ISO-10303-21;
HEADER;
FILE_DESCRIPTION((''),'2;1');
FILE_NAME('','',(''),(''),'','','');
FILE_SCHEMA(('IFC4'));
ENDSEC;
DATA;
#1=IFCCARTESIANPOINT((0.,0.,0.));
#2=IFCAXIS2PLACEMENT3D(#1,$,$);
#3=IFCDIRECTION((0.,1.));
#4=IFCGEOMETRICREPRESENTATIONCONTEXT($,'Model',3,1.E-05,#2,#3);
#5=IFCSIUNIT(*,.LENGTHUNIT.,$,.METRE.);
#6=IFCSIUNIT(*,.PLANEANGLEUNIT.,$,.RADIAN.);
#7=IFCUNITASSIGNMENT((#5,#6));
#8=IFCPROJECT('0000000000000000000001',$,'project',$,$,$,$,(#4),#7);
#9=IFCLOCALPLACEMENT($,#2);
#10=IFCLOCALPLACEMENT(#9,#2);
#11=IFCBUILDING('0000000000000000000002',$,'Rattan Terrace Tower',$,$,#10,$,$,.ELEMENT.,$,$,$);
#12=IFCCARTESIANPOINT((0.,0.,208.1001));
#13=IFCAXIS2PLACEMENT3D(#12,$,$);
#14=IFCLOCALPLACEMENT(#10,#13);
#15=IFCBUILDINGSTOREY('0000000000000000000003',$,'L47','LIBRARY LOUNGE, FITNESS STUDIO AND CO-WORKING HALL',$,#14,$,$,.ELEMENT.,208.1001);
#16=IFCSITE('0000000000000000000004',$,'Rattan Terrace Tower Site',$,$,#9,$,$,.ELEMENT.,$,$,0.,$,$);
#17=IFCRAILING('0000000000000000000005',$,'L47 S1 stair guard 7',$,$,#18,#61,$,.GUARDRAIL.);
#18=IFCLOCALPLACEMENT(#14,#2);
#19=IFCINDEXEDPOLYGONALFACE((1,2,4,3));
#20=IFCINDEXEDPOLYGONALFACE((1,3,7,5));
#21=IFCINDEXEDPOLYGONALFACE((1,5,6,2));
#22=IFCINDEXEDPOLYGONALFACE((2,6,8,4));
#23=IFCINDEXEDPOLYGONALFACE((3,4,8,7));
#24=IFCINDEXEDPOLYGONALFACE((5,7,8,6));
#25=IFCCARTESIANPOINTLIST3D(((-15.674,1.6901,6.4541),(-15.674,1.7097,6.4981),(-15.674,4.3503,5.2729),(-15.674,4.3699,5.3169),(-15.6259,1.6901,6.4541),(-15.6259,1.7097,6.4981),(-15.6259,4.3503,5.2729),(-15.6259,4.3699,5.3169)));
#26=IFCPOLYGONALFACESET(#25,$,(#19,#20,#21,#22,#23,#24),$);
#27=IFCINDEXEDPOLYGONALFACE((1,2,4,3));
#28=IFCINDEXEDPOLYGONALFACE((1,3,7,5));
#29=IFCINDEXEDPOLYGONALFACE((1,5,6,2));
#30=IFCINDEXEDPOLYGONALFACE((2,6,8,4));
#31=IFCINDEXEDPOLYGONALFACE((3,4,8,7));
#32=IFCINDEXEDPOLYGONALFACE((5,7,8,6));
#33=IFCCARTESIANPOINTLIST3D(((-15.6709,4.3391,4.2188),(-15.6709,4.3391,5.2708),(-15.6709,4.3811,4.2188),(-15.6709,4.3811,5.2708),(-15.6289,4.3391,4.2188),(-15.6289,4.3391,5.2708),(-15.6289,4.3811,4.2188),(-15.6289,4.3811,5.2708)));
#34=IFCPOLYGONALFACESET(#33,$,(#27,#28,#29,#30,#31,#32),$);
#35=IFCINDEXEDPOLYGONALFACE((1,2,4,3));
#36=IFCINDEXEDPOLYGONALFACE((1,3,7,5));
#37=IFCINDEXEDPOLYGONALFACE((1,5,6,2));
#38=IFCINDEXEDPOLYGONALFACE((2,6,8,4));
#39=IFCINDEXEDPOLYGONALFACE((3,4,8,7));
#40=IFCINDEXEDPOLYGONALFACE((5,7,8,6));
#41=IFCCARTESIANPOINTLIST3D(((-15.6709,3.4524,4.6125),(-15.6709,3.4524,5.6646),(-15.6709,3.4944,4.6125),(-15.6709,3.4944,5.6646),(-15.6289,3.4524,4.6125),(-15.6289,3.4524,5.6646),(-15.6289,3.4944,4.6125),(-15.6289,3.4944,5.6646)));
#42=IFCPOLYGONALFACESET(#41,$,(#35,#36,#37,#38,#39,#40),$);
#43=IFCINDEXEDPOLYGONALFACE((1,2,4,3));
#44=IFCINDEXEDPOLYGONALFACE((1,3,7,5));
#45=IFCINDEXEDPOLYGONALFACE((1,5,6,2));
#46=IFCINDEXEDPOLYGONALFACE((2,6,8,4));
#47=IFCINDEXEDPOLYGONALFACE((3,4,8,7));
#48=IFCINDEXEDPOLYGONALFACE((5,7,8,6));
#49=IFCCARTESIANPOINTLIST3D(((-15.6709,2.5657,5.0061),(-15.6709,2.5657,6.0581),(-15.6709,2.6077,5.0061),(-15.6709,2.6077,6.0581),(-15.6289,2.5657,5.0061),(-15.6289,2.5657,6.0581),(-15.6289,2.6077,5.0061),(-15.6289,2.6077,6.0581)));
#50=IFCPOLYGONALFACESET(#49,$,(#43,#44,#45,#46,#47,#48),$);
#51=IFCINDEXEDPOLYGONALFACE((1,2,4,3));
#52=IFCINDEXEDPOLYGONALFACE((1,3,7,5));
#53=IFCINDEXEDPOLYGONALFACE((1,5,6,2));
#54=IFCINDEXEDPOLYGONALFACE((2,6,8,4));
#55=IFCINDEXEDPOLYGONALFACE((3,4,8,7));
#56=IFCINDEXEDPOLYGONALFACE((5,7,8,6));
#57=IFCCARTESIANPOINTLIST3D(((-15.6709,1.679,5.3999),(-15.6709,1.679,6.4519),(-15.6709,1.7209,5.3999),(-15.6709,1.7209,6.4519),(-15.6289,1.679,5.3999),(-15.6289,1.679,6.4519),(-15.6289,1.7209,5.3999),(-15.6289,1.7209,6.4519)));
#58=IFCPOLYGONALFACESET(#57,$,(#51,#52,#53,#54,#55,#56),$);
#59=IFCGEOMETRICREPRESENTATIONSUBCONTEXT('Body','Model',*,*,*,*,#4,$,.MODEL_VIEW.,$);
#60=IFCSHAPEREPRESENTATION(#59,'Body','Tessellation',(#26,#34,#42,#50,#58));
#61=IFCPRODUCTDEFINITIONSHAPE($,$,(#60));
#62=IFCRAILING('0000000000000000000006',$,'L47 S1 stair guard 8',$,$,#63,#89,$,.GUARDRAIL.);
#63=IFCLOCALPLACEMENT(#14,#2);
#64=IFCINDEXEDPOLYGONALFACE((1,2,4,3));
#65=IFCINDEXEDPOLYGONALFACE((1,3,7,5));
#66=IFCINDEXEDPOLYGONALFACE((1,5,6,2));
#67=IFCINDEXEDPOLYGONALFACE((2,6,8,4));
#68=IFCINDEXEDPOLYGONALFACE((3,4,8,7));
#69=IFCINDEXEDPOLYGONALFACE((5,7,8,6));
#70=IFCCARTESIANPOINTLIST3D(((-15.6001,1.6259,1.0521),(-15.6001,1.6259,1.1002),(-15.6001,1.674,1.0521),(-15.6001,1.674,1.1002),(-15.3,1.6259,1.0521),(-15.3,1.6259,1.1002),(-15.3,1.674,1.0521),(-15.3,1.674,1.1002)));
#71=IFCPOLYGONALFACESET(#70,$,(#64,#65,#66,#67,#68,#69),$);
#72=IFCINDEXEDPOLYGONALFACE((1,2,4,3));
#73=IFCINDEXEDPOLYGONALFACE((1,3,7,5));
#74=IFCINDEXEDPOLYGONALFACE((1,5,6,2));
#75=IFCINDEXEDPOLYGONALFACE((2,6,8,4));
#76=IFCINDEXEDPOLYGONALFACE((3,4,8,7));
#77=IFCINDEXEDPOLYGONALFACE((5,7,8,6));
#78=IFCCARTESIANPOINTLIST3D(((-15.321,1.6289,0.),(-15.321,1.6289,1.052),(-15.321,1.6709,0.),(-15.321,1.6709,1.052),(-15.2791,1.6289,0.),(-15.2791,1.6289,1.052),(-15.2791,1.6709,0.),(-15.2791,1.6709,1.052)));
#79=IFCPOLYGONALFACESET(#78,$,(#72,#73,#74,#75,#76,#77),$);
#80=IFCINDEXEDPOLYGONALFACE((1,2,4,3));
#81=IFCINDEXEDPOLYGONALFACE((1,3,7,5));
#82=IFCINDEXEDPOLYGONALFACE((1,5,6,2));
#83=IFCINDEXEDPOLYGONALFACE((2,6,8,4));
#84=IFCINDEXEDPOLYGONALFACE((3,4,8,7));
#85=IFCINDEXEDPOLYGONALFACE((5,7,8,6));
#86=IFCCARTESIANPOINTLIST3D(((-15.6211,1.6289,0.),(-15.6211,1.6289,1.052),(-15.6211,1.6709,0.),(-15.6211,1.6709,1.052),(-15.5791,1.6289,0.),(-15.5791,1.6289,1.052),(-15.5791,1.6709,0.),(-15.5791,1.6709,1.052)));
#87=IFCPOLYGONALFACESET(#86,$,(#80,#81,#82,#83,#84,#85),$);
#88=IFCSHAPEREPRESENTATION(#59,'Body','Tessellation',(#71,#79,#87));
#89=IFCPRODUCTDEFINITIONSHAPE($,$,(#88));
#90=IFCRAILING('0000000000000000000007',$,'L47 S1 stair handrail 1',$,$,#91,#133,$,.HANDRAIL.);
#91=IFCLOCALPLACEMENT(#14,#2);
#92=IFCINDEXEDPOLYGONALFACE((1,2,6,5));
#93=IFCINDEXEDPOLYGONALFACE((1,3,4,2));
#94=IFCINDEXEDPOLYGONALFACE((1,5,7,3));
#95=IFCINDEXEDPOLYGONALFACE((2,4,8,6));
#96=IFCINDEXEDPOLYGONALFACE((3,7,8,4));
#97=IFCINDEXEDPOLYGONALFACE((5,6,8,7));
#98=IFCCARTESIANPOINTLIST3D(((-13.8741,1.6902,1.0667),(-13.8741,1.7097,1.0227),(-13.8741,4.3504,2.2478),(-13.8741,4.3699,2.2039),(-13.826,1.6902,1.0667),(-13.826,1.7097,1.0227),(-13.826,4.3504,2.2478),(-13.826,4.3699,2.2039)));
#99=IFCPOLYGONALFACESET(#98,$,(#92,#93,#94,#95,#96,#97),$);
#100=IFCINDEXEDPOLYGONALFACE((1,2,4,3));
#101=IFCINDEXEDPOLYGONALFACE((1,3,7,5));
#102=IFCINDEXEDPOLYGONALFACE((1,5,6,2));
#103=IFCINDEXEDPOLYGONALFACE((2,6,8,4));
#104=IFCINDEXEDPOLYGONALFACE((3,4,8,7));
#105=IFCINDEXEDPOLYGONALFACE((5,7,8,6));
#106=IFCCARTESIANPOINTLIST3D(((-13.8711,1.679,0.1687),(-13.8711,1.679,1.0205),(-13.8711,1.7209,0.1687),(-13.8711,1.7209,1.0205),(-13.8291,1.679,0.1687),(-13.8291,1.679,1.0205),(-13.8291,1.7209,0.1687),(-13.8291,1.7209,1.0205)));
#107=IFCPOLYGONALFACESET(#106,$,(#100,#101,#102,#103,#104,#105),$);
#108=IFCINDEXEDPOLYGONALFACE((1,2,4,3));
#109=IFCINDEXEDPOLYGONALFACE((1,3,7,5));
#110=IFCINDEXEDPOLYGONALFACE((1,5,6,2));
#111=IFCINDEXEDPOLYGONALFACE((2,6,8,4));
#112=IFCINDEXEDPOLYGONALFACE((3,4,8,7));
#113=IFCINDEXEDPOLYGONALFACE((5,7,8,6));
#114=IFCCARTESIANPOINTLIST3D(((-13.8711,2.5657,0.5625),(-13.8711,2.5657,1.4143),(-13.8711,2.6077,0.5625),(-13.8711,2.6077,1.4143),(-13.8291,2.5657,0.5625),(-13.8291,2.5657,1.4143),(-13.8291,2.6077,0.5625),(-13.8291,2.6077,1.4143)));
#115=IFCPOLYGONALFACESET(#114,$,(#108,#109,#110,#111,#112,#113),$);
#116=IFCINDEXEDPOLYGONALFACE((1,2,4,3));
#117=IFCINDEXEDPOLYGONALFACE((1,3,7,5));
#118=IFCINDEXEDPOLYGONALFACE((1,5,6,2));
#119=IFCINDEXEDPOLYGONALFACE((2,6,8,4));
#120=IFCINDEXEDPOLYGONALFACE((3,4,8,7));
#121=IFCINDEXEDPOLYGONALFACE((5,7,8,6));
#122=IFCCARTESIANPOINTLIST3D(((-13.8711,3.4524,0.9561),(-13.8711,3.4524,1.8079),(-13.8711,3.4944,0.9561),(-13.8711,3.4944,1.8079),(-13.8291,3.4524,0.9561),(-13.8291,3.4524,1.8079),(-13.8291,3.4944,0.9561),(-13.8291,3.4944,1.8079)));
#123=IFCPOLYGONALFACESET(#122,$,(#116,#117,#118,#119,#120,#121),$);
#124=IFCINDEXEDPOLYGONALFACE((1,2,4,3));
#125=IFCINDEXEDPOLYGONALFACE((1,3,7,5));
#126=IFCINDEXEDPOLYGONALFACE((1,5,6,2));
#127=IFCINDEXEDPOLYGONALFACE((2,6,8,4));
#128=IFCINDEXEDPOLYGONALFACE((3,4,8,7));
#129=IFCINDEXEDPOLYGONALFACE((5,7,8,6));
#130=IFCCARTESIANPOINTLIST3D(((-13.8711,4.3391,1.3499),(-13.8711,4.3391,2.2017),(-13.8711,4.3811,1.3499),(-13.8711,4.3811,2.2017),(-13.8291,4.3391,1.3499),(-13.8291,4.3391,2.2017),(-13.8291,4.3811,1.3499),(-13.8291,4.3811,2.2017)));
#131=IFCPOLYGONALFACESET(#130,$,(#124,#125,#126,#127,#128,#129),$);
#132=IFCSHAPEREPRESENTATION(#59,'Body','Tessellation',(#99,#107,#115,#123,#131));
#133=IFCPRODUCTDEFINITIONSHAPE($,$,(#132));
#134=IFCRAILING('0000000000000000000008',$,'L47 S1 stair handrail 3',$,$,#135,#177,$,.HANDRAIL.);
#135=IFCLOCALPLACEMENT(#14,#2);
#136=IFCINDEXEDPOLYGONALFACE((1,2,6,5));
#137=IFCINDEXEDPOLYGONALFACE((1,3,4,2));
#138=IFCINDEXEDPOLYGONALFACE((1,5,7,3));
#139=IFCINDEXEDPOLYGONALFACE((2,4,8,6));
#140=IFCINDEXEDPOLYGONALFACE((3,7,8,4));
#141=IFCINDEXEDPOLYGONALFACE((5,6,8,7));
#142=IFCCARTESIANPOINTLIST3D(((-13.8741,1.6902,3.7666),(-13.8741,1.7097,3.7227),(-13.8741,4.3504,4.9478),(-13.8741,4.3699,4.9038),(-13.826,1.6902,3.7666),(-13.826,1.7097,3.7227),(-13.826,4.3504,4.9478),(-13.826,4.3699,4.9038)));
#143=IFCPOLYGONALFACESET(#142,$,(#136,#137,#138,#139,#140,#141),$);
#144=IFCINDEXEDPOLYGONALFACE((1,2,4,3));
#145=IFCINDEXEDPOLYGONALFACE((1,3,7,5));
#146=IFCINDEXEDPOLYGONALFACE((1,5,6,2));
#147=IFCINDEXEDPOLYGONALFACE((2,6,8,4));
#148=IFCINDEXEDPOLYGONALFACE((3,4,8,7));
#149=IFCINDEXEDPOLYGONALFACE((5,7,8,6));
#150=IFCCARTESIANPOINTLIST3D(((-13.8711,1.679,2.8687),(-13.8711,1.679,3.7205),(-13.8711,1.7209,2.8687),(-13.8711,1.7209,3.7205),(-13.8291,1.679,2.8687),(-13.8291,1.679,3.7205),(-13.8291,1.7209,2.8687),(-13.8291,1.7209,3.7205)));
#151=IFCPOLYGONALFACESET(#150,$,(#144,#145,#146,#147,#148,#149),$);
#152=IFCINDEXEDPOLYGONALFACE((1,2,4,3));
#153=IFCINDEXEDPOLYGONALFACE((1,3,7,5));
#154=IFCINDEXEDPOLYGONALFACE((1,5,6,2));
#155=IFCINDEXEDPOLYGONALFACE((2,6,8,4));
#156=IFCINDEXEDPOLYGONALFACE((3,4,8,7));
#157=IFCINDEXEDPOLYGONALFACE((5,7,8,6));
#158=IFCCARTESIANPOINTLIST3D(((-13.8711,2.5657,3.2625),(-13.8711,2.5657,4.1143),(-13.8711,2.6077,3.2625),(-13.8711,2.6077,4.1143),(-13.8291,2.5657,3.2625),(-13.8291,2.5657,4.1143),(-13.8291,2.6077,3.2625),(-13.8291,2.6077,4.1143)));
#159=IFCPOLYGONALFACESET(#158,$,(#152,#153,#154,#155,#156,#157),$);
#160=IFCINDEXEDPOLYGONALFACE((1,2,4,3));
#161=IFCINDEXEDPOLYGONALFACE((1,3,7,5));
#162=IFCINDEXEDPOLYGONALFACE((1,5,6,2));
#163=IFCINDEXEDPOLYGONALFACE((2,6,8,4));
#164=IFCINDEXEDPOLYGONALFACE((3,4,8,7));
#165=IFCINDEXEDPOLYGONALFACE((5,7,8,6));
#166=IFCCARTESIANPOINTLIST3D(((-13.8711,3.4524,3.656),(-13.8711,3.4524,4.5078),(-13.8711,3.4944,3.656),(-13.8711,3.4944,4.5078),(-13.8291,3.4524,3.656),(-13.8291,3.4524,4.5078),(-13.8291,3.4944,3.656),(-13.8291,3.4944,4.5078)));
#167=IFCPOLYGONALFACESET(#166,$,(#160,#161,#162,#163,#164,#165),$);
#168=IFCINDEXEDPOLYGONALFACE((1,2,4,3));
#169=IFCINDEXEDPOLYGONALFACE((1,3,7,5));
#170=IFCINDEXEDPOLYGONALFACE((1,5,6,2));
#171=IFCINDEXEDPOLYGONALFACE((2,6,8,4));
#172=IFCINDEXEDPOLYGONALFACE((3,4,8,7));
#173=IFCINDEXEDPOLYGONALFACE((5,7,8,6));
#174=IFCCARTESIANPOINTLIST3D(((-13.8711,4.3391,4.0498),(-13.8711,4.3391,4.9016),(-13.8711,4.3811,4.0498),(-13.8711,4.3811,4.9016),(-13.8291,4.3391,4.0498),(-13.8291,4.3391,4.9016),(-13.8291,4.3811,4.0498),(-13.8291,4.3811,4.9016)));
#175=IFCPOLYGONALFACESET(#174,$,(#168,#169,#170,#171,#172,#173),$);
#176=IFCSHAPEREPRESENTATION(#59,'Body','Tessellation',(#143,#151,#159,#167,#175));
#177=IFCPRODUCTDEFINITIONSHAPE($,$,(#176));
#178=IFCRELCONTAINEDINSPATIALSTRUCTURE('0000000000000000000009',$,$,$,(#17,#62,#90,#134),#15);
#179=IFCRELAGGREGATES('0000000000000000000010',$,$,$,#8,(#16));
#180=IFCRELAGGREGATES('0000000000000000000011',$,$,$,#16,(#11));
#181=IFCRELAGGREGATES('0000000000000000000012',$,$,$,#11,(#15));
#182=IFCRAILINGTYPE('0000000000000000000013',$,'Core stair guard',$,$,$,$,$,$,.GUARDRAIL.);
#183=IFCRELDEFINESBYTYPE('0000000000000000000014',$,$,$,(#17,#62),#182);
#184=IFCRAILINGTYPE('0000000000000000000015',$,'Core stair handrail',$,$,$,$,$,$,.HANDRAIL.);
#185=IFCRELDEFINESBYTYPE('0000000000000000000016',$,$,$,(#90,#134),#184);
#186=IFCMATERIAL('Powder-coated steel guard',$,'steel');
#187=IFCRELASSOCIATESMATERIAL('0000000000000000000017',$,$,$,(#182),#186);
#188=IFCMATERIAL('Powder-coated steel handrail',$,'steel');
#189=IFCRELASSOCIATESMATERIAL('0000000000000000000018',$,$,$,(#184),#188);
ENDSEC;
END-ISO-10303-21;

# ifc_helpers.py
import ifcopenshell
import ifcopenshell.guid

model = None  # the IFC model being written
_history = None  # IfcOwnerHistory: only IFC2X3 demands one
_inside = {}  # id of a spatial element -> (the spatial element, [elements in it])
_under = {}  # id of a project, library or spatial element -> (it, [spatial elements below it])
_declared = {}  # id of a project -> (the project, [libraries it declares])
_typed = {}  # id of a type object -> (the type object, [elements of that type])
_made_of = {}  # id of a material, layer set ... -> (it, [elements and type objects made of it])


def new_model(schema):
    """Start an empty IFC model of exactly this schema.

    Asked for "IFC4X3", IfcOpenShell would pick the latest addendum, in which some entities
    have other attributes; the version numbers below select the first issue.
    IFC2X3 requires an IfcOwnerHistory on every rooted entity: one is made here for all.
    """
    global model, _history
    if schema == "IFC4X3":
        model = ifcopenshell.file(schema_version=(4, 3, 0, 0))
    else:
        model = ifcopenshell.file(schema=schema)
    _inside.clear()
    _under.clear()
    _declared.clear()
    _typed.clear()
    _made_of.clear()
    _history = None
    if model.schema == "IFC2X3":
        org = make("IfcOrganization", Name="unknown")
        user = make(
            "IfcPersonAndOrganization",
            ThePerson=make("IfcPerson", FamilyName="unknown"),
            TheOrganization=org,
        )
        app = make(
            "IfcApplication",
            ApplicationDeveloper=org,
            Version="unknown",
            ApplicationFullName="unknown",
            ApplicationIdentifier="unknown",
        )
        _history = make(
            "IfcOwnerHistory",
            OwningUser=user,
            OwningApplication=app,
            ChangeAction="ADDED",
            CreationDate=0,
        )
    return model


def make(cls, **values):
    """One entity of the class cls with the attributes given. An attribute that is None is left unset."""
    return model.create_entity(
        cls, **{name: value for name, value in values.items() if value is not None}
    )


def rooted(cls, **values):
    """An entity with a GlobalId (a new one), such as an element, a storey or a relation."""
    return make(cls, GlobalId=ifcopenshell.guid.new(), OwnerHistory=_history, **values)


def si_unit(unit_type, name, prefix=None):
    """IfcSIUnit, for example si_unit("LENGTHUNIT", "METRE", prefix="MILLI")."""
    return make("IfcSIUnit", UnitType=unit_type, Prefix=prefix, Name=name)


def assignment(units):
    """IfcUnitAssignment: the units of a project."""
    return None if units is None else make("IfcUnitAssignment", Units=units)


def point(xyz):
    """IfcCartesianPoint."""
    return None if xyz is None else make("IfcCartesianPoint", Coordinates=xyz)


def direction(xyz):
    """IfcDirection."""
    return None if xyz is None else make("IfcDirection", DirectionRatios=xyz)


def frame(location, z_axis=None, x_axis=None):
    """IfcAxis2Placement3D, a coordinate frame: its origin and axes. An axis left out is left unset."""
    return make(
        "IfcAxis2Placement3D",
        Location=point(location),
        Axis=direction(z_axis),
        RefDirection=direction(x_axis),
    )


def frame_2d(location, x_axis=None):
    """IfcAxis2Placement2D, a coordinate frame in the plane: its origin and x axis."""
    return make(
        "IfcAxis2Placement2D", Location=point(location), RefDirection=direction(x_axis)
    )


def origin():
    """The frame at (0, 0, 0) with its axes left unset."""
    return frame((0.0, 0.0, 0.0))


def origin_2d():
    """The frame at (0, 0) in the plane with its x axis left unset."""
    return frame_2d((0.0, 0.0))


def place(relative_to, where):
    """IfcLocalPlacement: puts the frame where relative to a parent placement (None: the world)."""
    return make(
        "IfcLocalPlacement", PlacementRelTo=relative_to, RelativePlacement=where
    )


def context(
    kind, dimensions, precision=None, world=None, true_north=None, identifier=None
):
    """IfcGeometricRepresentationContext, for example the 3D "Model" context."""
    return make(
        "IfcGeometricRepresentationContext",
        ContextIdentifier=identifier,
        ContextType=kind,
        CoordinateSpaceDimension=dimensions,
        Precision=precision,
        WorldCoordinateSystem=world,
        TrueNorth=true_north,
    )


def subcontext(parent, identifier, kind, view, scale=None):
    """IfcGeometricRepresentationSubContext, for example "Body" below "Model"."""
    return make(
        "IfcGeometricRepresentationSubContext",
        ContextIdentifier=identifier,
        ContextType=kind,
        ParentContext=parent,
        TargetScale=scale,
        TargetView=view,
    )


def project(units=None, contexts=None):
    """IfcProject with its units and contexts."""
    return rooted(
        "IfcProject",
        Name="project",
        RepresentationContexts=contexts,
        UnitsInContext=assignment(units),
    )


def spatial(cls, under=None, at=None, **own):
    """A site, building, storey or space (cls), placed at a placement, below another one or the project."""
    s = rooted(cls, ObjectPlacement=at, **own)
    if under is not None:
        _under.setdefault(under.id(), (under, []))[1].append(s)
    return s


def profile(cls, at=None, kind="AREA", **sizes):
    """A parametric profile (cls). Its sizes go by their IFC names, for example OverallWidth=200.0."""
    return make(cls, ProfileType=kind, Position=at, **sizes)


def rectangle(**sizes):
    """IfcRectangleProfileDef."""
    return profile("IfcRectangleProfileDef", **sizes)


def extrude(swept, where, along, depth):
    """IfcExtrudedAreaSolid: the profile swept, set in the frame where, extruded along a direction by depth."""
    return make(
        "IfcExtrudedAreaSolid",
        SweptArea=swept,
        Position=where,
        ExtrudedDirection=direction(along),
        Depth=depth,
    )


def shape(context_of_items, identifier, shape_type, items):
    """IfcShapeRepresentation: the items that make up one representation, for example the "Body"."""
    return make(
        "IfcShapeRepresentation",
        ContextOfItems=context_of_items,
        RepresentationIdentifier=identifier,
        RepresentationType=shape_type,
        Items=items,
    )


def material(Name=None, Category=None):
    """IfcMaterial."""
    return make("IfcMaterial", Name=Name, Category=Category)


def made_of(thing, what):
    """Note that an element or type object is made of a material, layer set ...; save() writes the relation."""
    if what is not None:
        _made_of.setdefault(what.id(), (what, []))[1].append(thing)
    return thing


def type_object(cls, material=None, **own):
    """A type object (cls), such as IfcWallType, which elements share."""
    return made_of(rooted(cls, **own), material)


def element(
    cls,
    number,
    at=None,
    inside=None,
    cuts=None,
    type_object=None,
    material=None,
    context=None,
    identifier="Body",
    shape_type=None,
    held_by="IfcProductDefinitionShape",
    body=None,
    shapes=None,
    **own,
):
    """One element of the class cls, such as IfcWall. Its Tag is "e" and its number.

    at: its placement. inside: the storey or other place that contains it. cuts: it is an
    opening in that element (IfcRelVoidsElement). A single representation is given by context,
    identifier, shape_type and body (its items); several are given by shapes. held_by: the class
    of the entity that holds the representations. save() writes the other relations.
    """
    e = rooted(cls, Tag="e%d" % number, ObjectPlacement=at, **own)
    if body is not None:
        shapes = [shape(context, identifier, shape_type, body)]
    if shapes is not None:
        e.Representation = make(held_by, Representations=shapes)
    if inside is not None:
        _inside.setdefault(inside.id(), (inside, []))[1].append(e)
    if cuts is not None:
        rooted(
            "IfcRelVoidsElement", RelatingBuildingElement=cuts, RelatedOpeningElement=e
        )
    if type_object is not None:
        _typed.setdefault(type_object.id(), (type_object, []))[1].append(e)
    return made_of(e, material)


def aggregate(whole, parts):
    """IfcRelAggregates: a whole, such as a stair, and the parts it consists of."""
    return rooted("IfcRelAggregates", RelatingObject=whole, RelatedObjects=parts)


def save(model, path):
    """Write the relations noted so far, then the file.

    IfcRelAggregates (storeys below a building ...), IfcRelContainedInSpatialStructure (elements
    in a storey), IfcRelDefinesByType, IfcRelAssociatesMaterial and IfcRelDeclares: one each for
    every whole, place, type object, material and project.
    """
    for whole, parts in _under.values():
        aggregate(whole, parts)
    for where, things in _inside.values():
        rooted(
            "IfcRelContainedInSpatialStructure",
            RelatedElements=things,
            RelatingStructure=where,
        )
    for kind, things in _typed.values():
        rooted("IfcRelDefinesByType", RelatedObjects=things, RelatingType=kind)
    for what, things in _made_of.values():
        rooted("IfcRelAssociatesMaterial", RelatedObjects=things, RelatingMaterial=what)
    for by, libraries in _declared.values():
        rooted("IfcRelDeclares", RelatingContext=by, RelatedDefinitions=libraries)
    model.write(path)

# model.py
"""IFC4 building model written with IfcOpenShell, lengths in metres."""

from ifc_helpers import new_model, si_unit, direction, frame, origin, origin_2d, place, context, subcontext, project, spatial, rectangle, extrude, material, type_object, element, save


model = new_model("IFC4")

# Units and contexts
model_context = context("Model", 3, precision=1e-05, world=origin(), true_north=direction((0.0, 1.0)))
body_context = subcontext(model_context, "Body", "Model", "MODEL_VIEW")
ifc_project = project(units=[si_unit("LENGTHUNIT", "METRE"), si_unit("PLANEANGLEUNIT", "RADIAN")], contexts=[model_context])

# Site, building, storey
site_placement = place(None, origin())
site = spatial("IfcSite", under=ifc_project, at=site_placement, Name="Rattan Terrace Tower Site", CompositionType="ELEMENT", RefElevation=0.0)
building_placement = place(site_placement, origin())
building = spatial("IfcBuilding", under=site, at=building_placement, Name="Rattan Terrace Tower", CompositionType="ELEMENT")
storey_placement = place(building_placement, frame((0.0, 0.0, 208.1001)))
storey = spatial("IfcBuildingStorey", under=building, at=storey_placement, Name="L47", Description="LIBRARY LOUNGE, FITNESS STUDIO AND CO-WORKING HALL", CompositionType="ELEMENT", Elevation=208.1001)

# Railings
ifc_material_1 = material(Name="Powder-coated steel guard", Category="steel")
railing_type_1 = type_object("IfcRailingType", Name="Core stair guard", PredefinedType="GUARDRAIL", material=ifc_material_1)
railing_1_placement = place(storey_placement, frame((-15.6499, 4.3601, 4.2188)))
element("IfcRailing", 1, at=railing_1_placement, inside=storey, type_object=railing_type_1, Name="L47 S1 stair guard 7", PredefinedType="GUARDRAIL", context=body_context, shape_type="SweptSolid", body=[
    extrude(rectangle(XDim=0.0481, YDim=0.0481, at=origin_2d()), frame((0.0, 0.0, 1.0762), z_axis=(0.0, -0.913957, 0.405812), x_axis=(1.0, 0.0, 0.0)), (0.0, 0.0, 1.0), 2.9106),
    extrude(rectangle(XDim=0.042, YDim=0.042, at=origin_2d()), origin(), (0.0, 0.0, 1.0), 1.052),
    extrude(rectangle(XDim=0.042, YDim=0.042, at=origin_2d()), frame((0.0, -0.8867, 0.3938)), (0.0, 0.0, 1.0), 1.052),
    extrude(rectangle(XDim=0.042, YDim=0.042, at=origin_2d()), frame((0.0, -1.7734, 0.7874)), (0.0, 0.0, 1.0), 1.052),
    extrude(rectangle(XDim=0.042, YDim=0.042, at=origin_2d()), frame((0.0, -2.6602, 1.1812)), (0.0, 0.0, 1.0), 1.052),
])
railing_2_placement = place(storey_placement, frame((-15.3, 1.6499, 0.0)))
element("IfcRailing", 2, at=railing_2_placement, inside=storey, type_object=railing_type_1, Name="L47 S1 stair guard 8", PredefinedType="GUARDRAIL", context=body_context, shape_type="SweptSolid", body=[
    extrude(rectangle(XDim=0.0481, YDim=0.0481, at=origin_2d()), frame((0.0, 0.0, 1.0762), z_axis=(-1.0, 0.0, 0.0), x_axis=(0.0, -1.0, 0.0)), (0.0, 0.0, 1.0), 0.3),
    extrude(rectangle(XDim=0.042, YDim=0.042, at=origin_2d()), origin(), (0.0, 0.0, 1.0), 1.052),
    extrude(rectangle(XDim=0.042, YDim=0.042, at=origin_2d()), frame((-0.3, 0.0, 0.0)), (0.0, 0.0, 1.0), 1.052),
])
ifc_material_2 = material(Name="Powder-coated steel handrail", Category="steel")
railing_type_2 = type_object("IfcRailingType", Name="Core stair handrail", PredefinedType="HANDRAIL", material=ifc_material_2)
for number, where, name in (
    (3, (-13.8501, 1.7, 0.1687), "L47 S1 stair handrail 1"),
    (4, (-13.8501, 1.7, 2.8687), "L47 S1 stair handrail 3"),
):
    element("IfcRailing", number, at=place(storey_placement, frame(where)), inside=storey, type_object=railing_type_2, Name=name, PredefinedType="HANDRAIL", context=body_context, shape_type="SweptSolid", body=[
        extrude(rectangle(XDim=0.0481, YDim=0.0481, at=origin_2d()), frame((0.0, 0.0, 0.876), z_axis=(0.0, 0.913957, 0.405812), x_axis=(-1.0, 0.0, 0.0)), (0.0, 0.0, 1.0), 2.9106),
        extrude(rectangle(XDim=0.042, YDim=0.042, at=origin_2d()), origin(), (0.0, 0.0, 1.0), 0.8518),
        extrude(rectangle(XDim=0.042, YDim=0.042, at=origin_2d()), frame((0.0, 0.8867, 0.3938)), (0.0, 0.0, 1.0), 0.8518),
        extrude(rectangle(XDim=0.042, YDim=0.042, at=origin_2d()), frame((0.0, 1.7734, 0.7874)), (0.0, 0.0, 1.0), 0.8518),
        extrude(rectangle(XDim=0.042, YDim=0.042, at=origin_2d()), frame((0.0, 2.6602, 1.1812)), (0.0, 0.0, 1.0), 0.8518),
    ])

save(model, "model.ifc")
